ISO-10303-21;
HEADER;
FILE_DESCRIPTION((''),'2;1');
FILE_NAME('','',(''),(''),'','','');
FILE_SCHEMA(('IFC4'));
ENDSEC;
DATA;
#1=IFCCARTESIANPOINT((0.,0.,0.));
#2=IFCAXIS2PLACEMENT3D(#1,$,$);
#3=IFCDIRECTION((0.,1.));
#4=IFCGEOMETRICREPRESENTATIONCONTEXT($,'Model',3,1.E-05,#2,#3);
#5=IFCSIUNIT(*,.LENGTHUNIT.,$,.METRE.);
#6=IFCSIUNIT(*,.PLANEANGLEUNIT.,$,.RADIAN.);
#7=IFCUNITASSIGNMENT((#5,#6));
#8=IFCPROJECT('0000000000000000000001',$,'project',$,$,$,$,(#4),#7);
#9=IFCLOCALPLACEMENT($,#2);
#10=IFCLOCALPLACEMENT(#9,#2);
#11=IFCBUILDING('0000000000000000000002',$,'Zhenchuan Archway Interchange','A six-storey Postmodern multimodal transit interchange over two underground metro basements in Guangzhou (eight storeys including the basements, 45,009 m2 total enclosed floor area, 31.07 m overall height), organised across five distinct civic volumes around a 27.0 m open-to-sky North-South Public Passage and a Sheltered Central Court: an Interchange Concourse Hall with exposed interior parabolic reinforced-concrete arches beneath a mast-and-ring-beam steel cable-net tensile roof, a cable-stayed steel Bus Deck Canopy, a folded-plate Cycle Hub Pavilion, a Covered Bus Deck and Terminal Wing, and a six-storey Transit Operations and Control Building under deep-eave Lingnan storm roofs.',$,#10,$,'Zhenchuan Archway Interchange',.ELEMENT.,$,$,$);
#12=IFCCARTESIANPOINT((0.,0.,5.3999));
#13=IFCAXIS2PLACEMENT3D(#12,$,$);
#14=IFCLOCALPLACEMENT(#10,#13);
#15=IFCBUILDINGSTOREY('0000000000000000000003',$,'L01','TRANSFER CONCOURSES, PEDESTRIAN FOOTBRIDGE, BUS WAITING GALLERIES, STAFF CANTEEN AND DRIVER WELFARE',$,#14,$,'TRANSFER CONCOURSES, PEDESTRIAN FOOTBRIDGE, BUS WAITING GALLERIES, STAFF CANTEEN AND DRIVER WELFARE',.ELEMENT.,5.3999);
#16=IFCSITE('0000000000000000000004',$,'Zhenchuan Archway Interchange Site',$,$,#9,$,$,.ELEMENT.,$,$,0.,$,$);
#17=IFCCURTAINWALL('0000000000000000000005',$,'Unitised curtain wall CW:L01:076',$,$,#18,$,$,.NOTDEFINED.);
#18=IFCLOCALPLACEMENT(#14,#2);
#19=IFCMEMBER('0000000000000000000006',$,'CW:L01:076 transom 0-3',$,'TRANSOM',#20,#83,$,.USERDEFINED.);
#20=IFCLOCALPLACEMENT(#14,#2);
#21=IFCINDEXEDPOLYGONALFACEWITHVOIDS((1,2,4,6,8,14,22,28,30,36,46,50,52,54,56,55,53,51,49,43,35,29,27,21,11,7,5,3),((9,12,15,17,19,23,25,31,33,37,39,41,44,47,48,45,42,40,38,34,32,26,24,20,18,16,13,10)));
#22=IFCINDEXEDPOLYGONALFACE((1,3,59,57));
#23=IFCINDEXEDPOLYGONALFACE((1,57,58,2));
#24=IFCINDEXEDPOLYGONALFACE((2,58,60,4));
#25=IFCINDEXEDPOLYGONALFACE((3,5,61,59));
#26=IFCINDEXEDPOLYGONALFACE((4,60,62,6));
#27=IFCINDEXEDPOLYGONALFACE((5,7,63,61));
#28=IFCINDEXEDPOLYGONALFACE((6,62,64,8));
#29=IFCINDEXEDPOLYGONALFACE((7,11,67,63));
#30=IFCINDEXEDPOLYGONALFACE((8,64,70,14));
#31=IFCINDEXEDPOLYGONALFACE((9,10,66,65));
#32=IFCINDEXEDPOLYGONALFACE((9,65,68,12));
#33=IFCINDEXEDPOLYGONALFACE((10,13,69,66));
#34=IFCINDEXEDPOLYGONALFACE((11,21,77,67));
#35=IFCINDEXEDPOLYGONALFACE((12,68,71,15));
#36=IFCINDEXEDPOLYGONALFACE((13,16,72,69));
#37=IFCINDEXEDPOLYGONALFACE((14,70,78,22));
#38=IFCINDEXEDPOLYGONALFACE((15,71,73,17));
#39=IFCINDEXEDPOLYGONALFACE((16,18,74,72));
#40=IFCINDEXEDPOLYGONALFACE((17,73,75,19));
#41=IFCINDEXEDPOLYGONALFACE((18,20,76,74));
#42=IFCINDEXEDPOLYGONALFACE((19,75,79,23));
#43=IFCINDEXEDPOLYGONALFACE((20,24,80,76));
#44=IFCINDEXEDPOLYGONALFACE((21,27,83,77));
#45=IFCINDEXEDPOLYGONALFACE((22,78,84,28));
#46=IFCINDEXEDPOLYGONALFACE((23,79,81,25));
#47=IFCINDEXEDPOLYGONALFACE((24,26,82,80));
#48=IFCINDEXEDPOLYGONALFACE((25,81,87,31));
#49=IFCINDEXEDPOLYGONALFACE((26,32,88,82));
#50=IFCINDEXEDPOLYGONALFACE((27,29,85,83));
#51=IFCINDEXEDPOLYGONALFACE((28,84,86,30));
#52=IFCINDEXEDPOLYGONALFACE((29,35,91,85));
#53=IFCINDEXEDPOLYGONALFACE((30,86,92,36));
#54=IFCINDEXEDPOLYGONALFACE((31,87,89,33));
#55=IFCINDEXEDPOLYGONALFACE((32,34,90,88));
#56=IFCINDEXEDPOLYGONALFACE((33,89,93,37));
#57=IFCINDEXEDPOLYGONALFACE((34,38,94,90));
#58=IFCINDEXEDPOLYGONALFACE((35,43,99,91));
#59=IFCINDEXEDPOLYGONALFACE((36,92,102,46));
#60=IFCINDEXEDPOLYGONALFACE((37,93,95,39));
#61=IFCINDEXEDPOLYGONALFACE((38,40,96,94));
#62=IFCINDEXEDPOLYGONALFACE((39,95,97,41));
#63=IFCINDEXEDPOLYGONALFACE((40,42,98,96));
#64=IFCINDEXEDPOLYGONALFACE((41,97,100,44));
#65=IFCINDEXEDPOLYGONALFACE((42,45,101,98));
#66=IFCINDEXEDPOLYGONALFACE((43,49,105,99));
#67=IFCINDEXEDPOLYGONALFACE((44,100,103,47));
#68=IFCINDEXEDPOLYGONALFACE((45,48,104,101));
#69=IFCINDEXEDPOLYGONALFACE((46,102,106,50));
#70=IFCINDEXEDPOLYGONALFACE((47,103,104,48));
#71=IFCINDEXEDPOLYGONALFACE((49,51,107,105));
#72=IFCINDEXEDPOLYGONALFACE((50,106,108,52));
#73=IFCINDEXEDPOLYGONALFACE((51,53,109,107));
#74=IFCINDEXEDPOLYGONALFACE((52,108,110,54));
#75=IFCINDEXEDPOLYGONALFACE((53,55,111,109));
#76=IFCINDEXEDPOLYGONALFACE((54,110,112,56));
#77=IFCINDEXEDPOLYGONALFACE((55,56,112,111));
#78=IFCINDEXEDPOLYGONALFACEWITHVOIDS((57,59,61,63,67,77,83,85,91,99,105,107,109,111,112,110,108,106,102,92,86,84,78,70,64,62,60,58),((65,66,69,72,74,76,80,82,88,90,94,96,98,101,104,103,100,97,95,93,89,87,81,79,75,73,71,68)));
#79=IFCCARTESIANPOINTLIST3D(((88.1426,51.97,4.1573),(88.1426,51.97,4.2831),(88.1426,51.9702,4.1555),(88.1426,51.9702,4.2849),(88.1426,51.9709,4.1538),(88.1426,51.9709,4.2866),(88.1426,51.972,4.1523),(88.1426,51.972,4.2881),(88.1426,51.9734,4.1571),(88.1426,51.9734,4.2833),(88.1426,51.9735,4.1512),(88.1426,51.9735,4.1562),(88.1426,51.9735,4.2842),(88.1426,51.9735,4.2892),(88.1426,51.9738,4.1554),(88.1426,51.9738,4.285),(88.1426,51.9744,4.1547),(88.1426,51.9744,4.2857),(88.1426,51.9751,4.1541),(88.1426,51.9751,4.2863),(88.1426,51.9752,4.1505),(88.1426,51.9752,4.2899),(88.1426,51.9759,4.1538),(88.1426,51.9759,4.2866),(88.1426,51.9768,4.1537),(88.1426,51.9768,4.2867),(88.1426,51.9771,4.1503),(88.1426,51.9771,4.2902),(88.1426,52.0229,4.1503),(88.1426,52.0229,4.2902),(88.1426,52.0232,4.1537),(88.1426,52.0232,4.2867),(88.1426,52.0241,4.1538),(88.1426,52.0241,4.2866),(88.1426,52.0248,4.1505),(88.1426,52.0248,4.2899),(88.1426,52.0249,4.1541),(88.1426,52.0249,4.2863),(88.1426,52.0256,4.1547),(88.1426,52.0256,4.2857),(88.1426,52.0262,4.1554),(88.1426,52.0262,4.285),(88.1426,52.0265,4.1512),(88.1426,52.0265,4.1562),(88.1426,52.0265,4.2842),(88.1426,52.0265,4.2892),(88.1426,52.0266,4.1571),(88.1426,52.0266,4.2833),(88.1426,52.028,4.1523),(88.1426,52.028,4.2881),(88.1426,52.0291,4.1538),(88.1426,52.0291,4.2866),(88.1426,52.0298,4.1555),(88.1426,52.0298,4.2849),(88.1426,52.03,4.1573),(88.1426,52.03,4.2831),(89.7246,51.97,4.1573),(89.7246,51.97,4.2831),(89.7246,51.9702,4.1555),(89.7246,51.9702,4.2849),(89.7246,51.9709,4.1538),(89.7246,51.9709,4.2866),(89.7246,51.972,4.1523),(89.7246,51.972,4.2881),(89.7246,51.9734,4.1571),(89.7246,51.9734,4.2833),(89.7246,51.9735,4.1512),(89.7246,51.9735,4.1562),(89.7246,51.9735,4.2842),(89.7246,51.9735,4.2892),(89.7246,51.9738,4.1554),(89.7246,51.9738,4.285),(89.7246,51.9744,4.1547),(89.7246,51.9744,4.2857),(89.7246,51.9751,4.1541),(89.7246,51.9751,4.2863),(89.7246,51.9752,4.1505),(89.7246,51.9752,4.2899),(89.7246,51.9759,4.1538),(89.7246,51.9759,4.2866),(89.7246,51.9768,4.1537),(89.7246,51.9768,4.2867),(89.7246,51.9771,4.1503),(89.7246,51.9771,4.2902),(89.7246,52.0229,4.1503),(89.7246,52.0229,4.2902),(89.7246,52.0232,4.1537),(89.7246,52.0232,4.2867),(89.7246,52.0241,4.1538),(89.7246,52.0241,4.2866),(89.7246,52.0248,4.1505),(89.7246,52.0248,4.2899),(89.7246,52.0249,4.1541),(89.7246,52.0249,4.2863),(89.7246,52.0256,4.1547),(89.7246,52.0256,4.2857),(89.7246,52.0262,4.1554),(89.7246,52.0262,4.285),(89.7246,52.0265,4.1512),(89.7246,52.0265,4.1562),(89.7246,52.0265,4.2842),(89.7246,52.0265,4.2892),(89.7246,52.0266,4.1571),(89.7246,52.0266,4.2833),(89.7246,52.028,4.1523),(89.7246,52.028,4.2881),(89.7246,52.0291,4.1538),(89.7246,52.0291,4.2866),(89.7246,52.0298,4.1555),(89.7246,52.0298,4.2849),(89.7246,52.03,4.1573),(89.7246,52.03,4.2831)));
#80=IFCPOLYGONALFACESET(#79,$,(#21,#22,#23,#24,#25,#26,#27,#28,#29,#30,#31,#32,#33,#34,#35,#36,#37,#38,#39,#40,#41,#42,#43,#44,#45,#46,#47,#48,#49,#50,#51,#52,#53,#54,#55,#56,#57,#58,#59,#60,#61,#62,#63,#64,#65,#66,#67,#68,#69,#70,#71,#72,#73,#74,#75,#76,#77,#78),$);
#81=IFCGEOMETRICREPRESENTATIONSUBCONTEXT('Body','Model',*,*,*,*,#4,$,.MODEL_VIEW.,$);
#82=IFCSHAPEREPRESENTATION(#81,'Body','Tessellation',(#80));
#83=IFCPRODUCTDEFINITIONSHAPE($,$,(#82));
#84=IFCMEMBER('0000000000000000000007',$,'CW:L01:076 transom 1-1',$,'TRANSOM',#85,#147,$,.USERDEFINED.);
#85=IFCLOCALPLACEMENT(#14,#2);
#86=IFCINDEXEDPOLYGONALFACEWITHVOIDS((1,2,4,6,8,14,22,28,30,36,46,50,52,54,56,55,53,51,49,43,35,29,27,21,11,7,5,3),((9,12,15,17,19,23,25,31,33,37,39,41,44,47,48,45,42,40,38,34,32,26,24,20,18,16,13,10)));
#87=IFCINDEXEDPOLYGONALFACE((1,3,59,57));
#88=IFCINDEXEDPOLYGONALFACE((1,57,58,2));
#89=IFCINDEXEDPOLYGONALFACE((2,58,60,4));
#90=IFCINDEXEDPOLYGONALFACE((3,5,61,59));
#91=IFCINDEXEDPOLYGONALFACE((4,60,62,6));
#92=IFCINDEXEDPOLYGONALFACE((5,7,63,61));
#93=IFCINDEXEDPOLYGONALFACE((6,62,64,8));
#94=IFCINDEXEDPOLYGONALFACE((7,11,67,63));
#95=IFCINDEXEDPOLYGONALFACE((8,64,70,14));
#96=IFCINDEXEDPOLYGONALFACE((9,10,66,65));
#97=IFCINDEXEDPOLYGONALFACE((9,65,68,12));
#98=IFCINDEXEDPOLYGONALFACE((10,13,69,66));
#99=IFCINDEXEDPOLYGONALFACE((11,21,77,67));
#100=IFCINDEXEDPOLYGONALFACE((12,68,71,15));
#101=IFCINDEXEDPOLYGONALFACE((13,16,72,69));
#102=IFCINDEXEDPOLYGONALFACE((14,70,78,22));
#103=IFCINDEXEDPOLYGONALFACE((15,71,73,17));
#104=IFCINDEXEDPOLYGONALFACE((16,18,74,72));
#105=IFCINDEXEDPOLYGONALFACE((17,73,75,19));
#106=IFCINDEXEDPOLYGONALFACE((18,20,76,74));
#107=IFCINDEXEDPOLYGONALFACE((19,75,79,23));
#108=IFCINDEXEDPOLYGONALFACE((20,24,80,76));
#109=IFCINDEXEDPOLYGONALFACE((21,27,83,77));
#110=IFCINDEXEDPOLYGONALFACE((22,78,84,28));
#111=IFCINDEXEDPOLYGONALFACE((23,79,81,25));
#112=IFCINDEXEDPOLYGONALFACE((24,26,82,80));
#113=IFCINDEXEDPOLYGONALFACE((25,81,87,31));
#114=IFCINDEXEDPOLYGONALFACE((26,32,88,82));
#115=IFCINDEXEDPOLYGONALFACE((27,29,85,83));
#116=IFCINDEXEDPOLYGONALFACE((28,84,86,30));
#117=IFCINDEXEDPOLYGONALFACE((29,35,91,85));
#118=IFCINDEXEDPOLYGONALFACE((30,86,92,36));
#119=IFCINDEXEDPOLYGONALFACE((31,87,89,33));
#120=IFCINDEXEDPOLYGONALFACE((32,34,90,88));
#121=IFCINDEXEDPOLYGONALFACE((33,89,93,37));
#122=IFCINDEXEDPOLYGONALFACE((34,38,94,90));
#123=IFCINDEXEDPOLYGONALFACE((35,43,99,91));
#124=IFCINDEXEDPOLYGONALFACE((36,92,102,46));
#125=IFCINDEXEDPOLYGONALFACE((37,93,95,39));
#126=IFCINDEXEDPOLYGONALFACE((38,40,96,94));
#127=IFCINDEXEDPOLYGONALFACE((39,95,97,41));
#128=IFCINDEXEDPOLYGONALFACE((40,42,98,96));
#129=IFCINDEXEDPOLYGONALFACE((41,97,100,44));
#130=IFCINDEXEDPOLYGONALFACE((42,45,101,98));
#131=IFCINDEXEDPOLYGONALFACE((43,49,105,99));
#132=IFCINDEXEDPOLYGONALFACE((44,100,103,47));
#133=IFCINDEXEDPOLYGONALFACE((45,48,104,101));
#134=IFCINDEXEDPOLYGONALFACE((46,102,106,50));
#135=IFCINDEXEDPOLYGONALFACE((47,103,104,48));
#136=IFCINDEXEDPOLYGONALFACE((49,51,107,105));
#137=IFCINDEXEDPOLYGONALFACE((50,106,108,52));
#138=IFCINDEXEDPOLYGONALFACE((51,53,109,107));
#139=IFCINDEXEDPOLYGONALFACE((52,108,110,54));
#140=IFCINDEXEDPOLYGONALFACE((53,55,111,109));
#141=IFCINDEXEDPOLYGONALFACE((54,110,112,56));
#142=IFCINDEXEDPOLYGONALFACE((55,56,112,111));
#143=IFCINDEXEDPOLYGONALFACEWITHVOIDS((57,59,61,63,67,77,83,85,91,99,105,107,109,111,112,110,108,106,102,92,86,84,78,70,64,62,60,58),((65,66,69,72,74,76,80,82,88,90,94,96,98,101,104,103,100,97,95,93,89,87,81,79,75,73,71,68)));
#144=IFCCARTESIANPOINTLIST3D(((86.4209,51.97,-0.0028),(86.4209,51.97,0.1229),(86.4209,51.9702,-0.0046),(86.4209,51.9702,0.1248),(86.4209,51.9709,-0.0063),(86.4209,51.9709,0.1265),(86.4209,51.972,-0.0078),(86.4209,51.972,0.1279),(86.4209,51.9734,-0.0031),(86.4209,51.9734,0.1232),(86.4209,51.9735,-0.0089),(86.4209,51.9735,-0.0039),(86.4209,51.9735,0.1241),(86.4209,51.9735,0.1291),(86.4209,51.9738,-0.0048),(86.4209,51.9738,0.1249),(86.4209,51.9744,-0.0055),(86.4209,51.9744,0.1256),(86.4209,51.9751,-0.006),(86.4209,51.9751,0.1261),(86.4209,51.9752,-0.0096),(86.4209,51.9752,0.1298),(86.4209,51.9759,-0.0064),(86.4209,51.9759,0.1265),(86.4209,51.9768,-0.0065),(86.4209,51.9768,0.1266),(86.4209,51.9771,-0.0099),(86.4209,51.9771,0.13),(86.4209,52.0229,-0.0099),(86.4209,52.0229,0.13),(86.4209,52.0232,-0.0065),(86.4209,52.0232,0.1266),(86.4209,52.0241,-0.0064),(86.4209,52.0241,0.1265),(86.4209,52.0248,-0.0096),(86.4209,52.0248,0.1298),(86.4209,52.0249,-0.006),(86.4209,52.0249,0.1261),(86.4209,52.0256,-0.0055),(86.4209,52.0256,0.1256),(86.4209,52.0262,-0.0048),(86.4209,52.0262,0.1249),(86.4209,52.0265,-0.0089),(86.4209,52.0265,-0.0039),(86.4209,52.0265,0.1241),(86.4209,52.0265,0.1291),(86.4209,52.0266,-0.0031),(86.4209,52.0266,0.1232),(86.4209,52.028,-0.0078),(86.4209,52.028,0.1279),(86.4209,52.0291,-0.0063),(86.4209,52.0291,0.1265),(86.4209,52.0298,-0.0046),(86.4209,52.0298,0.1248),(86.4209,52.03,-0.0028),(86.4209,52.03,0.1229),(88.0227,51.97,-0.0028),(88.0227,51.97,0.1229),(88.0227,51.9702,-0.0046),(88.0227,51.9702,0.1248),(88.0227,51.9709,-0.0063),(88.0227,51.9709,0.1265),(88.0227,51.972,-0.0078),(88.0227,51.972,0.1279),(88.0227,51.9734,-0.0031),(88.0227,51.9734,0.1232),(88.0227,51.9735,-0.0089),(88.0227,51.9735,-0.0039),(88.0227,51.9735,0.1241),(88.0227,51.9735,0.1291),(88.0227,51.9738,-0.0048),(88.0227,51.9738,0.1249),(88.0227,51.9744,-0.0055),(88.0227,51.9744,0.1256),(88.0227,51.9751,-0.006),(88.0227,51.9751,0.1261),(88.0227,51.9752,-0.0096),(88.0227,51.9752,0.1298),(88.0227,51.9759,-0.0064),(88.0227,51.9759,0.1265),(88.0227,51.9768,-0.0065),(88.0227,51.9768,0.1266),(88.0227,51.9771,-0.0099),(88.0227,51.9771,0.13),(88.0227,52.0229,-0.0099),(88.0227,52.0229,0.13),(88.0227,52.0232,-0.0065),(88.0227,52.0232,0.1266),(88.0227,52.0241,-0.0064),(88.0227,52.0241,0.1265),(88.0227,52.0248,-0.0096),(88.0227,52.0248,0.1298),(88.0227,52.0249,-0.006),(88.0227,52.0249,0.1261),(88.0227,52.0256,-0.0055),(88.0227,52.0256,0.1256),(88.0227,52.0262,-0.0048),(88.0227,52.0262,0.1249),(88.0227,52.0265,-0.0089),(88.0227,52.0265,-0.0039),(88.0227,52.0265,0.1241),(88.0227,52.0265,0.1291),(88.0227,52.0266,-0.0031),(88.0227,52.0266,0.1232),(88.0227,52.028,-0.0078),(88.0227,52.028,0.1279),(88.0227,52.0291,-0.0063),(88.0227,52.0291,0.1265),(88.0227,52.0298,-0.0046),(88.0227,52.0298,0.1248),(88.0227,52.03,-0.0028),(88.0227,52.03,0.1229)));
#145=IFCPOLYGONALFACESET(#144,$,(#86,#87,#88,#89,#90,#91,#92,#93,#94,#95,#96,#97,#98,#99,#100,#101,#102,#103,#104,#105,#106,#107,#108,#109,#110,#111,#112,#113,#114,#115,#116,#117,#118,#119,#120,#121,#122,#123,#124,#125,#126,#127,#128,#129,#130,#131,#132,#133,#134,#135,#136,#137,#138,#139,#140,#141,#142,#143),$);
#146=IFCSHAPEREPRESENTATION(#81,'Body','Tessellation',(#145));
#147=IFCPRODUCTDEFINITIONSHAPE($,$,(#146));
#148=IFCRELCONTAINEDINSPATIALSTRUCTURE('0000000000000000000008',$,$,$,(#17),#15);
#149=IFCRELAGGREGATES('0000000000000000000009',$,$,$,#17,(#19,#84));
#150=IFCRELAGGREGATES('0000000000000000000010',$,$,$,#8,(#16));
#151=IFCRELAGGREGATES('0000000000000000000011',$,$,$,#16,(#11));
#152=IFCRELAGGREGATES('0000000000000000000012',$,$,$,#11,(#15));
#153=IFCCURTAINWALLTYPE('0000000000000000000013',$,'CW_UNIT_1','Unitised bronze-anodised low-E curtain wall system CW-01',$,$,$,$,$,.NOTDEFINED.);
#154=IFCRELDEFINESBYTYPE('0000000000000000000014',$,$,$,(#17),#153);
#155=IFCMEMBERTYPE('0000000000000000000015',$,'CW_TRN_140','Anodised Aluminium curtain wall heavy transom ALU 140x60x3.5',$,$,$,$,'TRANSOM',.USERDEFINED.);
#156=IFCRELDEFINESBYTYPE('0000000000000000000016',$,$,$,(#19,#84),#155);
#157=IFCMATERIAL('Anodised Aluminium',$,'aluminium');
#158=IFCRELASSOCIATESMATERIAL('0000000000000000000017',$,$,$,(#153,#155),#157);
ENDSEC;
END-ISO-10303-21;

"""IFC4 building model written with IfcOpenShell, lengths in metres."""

from ifc_helpers import new_model, si_unit, direction, frame, origin, origin_2d, place, context, subcontext, project, spatial, hollow_rectangle, extrude, material, material_profile, profile_set, type_object, element, aggregate, save


model = new_model("IFC4")

# Units and contexts
model_context = context("Model", 3, precision=1e-05, world=origin(), true_north=direction((0.0, 1.0)))
body_context = subcontext(model_context, "Body", "Model", "MODEL_VIEW")
ifc_project = project(units=[si_unit("LENGTHUNIT", "METRE"), si_unit("PLANEANGLEUNIT", "RADIAN")], contexts=[model_context])

# Site, building, storey
site_placement = place(None, origin())
site = spatial("IfcSite", under=ifc_project, at=site_placement, Name="Zhenchuan Archway Interchange Site", CompositionType="ELEMENT", RefElevation=0.0)
building_placement = place(site_placement, origin())
building = spatial("IfcBuilding", under=site, at=building_placement, Name="Zhenchuan Archway Interchange", Description="A six-storey Postmodern multimodal transit interchange over two underground metro basements in Guangzhou (eight storeys including the basements, 45,009 m2 total enclosed floor area, 31.07 m overall height), organised across five distinct civic volumes around a 27.0 m open-to-sky North-South Public Passage and a Sheltered Central Court: an Interchange Concourse Hall with exposed interior parabolic reinforced-concrete arches beneath a mast-and-ring-beam steel cable-net tensile roof, a cable-stayed steel Bus Deck Canopy, a folded-plate Cycle Hub Pavilion, a Covered Bus Deck and Terminal Wing, and a six-storey Transit Operations and Control Building under deep-eave Lingnan storm roofs.", LongName="Zhenchuan Archway Interchange", CompositionType="ELEMENT")
storey_placement = place(building_placement, frame((0.0, 0.0, 5.3999)))
storey = spatial("IfcBuildingStorey", under=building, at=storey_placement, Name="L01", Description="TRANSFER CONCOURSES, PEDESTRIAN FOOTBRIDGE, BUS WAITING GALLERIES, STAFF CANTEEN AND DRIVER WELFARE", LongName="TRANSFER CONCOURSES, PEDESTRIAN FOOTBRIDGE, BUS WAITING GALLERIES, STAFF CANTEEN AND DRIVER WELFARE", CompositionType="ELEMENT", Elevation=5.3999)

# Shared definitions
ifc_material_1 = material(Name="Anodised Aluminium", Category="aluminium")

# Curtain wall
curtain_wall_type_1 = type_object("IfcCurtainWallType", Name="CW_UNIT_1", Description="Unitised bronze-anodised low-E curtain wall system CW-01", PredefinedType="NOTDEFINED", material=ifc_material_1)
curtain_wall_1_placement = place(storey_placement, origin())
curtain_wall_1 = element("IfcCurtainWall", 1, at=curtain_wall_1_placement, inside=storey, type_object=curtain_wall_type_1, Name="Unitised curtain wall CW:L01:076", PredefinedType="NOTDEFINED")

# Members
ifc_material_profile_1 = material_profile(ifc_material_1, hollow_rectangle(XDim=0.0601, YDim=0.1399, WallThickness=0.0034, InnerFilletRadius=0.0034, OuterFilletRadius=0.0071, at=origin_2d()), Name="ALU 140x60x3.5")
ifc_profile_set_1 = profile_set([ifc_material_profile_1], Name="Anodised Aluminium")
member_type_1 = type_object("IfcMemberType", Name="CW_TRN_140", Description="Anodised Aluminium curtain wall heavy transom ALU 140x60x3.5", ElementType="TRANSOM", PredefinedType="USERDEFINED", material=ifc_profile_set_1)
member_1_placement = place(storey_placement, frame((89.7246, 52.0, 4.2202), z_axis=(-1.0, 0.0, 0.0), x_axis=(0.0, -1.0, 0.0)))
member_1 = element("IfcMember", 2, at=member_1_placement, type_object=member_type_1, Name="CW:L01:076 transom 0-3", ObjectType="TRANSOM", PredefinedType="USERDEFINED", context=body_context, shape_type="SweptSolid", body=[
    extrude(hollow_rectangle(XDim=0.0601, YDim=0.1399, WallThickness=0.0034, InnerFilletRadius=0.0034, OuterFilletRadius=0.0071, at=origin_2d()), origin(), (0.0, 0.0, 1.0), 1.582),
])
member_2_placement = place(storey_placement, frame((88.0227, 52.0, 0.0601), z_axis=(-1.0, 0.0, 0.0), x_axis=(0.0, -1.0, 0.0)))
member_2 = element("IfcMember", 3, at=member_2_placement, type_object=member_type_1, Name="CW:L01:076 transom 1-1", ObjectType="TRANSOM", PredefinedType="USERDEFINED", context=body_context, shape_type="SweptSolid", body=[
    extrude(hollow_rectangle(XDim=0.0601, YDim=0.1399, WallThickness=0.0034, InnerFilletRadius=0.0034, OuterFilletRadius=0.0071, at=origin_2d()), origin(), (0.0, 0.0, 1.0), 1.6018),
])

aggregate(curtain_wall_1, [member_1, member_2])

save(model, "model.ifc")
